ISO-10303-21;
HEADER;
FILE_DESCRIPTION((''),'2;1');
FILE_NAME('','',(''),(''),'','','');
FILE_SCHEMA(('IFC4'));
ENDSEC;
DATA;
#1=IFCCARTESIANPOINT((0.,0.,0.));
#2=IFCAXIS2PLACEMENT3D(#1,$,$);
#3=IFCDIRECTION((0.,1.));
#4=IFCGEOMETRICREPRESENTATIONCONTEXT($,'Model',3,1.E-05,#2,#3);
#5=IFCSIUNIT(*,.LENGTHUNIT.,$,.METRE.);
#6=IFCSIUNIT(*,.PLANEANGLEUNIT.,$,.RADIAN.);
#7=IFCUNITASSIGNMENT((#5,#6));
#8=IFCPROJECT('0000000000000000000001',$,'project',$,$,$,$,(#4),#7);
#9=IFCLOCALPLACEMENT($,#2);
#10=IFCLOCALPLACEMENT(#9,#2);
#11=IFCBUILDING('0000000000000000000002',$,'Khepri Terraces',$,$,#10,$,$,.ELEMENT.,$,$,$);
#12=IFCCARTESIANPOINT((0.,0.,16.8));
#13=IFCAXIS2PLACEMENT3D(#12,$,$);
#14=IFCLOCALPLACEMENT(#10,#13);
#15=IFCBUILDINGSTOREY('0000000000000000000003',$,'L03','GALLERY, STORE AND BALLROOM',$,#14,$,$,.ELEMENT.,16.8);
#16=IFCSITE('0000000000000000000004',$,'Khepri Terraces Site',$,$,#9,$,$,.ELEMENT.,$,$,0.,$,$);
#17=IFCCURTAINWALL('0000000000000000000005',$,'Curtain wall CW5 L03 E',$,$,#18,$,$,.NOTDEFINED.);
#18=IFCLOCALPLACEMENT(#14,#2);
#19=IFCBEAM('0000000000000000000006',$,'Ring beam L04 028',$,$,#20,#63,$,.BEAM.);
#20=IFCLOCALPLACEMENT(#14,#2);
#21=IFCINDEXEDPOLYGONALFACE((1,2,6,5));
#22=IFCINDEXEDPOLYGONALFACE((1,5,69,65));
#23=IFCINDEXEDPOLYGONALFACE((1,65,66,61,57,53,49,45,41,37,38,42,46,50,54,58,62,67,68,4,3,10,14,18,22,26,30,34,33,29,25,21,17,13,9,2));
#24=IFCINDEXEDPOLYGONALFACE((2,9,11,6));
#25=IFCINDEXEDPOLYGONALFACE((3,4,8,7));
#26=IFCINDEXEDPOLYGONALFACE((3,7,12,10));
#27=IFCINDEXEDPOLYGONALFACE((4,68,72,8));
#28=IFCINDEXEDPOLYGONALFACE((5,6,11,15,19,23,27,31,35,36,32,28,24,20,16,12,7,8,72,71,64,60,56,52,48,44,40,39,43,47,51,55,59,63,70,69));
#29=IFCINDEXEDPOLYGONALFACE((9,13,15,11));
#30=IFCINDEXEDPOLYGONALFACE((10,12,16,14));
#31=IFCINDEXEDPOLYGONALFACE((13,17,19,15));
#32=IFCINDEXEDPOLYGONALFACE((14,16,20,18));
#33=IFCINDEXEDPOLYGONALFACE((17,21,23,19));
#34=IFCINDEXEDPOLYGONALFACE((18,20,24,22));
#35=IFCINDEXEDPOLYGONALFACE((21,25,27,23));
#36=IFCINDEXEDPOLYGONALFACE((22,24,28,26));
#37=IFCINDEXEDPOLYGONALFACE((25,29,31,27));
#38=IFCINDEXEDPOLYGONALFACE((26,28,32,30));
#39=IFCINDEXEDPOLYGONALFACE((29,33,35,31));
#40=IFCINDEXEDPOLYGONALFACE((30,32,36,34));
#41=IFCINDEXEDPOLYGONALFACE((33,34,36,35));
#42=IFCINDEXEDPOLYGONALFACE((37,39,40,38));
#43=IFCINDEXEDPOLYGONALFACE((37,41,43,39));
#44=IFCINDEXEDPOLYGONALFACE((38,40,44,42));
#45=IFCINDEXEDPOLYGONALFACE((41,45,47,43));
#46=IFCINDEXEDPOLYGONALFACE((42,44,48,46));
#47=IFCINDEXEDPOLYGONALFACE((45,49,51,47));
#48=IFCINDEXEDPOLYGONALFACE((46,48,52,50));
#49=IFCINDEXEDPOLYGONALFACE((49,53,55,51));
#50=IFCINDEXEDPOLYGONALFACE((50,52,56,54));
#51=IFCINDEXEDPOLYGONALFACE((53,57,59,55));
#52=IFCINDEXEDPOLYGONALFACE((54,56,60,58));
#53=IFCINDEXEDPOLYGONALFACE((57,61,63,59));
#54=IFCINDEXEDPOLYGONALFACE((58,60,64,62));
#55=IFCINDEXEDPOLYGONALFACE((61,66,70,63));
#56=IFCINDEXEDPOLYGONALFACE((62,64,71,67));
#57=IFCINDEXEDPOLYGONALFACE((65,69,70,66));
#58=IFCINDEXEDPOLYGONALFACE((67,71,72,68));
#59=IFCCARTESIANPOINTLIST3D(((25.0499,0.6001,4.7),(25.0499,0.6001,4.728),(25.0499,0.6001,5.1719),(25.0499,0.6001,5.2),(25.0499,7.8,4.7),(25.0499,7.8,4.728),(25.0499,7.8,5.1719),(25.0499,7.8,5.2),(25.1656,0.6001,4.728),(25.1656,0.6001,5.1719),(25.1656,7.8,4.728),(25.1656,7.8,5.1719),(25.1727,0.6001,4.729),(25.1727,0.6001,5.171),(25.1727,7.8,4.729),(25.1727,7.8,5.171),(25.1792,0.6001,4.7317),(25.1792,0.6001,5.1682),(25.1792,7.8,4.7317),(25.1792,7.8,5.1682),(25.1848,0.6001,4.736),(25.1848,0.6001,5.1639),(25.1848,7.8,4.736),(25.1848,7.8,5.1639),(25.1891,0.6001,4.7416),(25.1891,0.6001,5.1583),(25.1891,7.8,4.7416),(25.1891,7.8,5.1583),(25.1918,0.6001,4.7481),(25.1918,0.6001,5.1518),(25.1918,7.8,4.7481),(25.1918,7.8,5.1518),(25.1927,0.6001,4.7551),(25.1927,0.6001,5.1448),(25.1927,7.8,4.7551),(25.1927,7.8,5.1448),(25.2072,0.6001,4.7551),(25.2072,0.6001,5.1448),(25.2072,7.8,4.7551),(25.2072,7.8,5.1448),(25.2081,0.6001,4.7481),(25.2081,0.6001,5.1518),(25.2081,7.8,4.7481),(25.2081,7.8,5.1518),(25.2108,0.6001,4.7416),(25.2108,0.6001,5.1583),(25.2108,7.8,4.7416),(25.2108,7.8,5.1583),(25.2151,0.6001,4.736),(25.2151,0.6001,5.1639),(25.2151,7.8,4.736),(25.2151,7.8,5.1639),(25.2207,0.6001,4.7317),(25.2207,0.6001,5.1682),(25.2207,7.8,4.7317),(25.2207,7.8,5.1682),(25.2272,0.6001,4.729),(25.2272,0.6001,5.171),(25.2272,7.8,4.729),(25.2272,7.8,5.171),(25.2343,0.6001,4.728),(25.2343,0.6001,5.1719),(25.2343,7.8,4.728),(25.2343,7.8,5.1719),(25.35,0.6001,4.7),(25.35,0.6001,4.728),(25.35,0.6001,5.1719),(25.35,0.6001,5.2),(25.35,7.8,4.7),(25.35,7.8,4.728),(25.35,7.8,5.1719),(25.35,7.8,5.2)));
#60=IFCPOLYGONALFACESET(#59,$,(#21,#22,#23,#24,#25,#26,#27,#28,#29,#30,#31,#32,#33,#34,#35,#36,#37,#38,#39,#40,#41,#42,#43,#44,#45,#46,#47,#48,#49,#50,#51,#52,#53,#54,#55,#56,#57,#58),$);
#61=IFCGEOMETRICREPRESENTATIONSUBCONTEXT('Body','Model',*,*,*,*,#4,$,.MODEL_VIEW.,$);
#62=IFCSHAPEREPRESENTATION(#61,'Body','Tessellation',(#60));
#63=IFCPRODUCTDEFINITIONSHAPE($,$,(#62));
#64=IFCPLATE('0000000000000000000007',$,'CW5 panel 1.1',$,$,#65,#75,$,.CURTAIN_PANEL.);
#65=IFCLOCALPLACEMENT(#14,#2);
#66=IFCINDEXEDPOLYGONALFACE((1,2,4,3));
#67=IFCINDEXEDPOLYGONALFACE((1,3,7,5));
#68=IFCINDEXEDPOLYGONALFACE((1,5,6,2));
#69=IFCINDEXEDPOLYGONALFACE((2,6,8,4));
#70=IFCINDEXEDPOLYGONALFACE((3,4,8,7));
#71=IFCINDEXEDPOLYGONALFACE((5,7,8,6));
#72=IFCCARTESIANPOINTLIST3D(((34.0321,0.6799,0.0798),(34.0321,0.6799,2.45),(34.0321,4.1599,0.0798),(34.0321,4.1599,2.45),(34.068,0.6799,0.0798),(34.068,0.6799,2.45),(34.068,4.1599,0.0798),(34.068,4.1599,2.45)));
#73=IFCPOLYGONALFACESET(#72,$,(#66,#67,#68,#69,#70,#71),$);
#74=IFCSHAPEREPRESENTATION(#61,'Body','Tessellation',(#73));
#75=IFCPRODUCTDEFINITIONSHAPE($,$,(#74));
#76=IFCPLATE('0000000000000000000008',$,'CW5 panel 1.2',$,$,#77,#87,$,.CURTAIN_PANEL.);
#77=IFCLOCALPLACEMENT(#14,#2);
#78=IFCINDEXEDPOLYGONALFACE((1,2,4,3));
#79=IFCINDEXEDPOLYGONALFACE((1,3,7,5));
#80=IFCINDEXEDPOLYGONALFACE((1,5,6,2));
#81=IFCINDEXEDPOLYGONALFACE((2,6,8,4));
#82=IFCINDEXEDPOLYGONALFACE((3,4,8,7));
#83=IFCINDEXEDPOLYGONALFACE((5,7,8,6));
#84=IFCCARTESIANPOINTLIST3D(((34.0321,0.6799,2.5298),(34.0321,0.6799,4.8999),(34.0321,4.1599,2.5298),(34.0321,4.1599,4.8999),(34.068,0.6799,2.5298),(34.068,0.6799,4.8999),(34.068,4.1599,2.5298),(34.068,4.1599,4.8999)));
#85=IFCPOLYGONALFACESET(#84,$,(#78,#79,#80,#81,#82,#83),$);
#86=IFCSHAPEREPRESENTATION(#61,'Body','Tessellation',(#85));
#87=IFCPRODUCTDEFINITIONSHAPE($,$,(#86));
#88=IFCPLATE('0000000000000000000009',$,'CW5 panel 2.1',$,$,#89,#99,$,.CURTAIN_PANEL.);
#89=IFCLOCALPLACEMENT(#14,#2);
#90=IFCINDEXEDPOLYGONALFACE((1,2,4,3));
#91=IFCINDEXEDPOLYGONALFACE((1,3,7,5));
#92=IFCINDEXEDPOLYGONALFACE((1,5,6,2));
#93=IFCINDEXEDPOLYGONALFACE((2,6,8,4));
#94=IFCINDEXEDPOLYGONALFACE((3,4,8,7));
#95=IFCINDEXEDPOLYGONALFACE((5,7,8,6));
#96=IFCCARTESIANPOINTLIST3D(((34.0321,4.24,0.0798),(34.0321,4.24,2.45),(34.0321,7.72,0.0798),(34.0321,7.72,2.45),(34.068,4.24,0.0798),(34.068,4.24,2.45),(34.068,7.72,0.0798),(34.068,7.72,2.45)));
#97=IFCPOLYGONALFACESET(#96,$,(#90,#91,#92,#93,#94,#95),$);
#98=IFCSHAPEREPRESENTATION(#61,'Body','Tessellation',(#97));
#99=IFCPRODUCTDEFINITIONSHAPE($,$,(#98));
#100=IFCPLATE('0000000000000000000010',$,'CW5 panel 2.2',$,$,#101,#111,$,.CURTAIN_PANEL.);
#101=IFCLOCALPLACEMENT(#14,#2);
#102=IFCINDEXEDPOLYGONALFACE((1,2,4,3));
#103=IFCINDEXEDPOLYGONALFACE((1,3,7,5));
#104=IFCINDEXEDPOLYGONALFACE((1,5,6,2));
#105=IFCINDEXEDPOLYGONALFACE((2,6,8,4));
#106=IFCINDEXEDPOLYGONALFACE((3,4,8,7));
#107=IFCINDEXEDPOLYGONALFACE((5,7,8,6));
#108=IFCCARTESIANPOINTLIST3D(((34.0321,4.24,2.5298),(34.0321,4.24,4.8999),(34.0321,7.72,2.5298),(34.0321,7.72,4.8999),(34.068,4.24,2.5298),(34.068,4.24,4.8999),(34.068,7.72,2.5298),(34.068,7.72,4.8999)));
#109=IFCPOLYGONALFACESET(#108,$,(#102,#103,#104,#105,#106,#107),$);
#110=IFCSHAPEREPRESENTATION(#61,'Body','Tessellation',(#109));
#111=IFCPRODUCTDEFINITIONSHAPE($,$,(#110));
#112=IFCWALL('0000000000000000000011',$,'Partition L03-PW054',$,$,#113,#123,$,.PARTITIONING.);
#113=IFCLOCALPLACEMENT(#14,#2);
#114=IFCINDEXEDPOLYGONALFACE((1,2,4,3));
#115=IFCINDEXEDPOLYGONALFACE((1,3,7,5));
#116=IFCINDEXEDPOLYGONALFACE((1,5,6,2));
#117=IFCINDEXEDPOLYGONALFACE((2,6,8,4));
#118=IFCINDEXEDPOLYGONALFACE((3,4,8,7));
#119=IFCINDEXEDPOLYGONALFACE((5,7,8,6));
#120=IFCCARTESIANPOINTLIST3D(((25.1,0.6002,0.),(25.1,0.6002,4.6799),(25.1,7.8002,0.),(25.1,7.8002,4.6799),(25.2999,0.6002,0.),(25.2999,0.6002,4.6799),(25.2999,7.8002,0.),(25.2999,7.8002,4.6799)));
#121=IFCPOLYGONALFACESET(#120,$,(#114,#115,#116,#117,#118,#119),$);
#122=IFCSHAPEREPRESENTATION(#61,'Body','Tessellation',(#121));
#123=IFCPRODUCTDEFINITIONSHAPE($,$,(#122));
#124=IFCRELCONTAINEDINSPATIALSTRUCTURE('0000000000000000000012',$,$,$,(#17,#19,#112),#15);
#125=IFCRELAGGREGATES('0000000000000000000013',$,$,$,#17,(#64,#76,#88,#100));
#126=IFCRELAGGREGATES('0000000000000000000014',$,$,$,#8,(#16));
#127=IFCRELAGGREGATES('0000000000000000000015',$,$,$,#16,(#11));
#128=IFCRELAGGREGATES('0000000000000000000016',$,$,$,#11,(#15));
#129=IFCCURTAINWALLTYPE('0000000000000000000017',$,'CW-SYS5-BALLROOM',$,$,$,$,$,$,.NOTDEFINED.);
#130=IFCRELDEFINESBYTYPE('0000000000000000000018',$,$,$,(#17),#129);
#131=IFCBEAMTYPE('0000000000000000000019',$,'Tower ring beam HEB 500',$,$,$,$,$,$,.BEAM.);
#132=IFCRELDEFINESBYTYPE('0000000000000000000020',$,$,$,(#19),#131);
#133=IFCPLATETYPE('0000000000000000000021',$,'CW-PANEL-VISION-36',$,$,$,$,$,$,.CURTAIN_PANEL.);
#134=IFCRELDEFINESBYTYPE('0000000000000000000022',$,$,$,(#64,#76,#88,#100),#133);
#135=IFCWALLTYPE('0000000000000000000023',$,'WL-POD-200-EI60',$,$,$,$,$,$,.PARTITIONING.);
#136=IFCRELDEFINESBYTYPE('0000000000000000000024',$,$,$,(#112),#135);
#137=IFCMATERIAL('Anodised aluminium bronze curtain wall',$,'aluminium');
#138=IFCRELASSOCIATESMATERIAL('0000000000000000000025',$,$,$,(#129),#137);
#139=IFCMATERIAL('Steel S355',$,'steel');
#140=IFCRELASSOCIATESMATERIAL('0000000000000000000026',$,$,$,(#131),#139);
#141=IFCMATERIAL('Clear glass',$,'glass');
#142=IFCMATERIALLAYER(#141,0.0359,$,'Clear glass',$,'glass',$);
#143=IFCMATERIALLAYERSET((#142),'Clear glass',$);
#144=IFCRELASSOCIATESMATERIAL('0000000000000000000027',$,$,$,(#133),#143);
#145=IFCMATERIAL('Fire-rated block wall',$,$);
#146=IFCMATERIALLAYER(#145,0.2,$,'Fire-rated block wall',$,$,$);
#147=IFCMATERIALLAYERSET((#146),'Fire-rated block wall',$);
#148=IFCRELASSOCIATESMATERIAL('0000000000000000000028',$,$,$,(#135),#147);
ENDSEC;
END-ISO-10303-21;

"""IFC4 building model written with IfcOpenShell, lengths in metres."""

from ifc_helpers import new_model, si_unit, direction, frame, frame_2d, origin, origin_2d, place, context, subcontext, project, spatial, rectangle, i_section, extrude, material, layer, layer_set, material_profile, profile_set, type_object, element, aggregate, save


model = new_model("IFC4")

# Units and contexts
model_context = context("Model", 3, precision=1e-05, world=origin(), true_north=direction((0.0, 1.0)))
body_context = subcontext(model_context, "Body", "Model", "MODEL_VIEW")
ifc_project = project(units=[si_unit("LENGTHUNIT", "METRE"), si_unit("PLANEANGLEUNIT", "RADIAN")], contexts=[model_context])

# Site, building, storey
site_placement = place(None, origin())
site = spatial("IfcSite", under=ifc_project, at=site_placement, Name="Khepri Terraces Site", CompositionType="ELEMENT", RefElevation=0.0)
building_placement = place(site_placement, origin())
building = spatial("IfcBuilding", under=site, at=building_placement, Name="Khepri Terraces", CompositionType="ELEMENT")
storey_placement = place(building_placement, frame((0.0, 0.0, 16.8)))
storey = spatial("IfcBuildingStorey", under=building, at=storey_placement, Name="L03", Description="GALLERY, STORE AND BALLROOM", CompositionType="ELEMENT", Elevation=16.8)

# Curtain wall
ifc_material_1 = material(Name="Anodised aluminium bronze curtain wall", Category="aluminium")
curtain_wall_type = type_object("IfcCurtainWallType", Name="CW-SYS5-BALLROOM", PredefinedType="NOTDEFINED", material=ifc_material_1)
curtain_wall_placement = place(storey_placement, origin())
curtain_wall = element("IfcCurtainWall", 1, at=curtain_wall_placement, inside=storey, type_object=curtain_wall_type, Name="Curtain wall CW5 L03 E", PredefinedType="NOTDEFINED")

# Beam
ifc_material_2 = material(Name="Steel S355", Category="steel")
ifc_material_profile_1 = material_profile(ifc_material_2, i_section(OverallWidth=0.3, OverallDepth=0.5, WebThickness=0.0144, FlangeThickness=0.0281, FilletRadius=0.0271, at=origin_2d()), Name="Steel S355", Category="steel")
ifc_profile_set_1 = profile_set([ifc_material_profile_1], Name="Steel S355")
beam_type_1 = type_object("IfcBeamType", Name="Tower ring beam HEB 500", PredefinedType="BEAM", material=ifc_profile_set_1)
beam_1_placement = place(storey_placement, frame((25.2, 0.6001, 4.95), z_axis=(0.0, 1.0, 0.0), x_axis=(-1.0, 0.0, 0.0)))
element("IfcBeam", 2, at=beam_1_placement, inside=storey, type_object=beam_type_1, Name="Ring beam L04 028", PredefinedType="BEAM", context=body_context, shape_type="SweptSolid", body=[
    extrude(i_section(OverallWidth=0.3, OverallDepth=0.5, WebThickness=0.0144, FlangeThickness=0.0281, FilletRadius=0.0271, at=origin_2d()), origin(), (0.0, 0.0, 1.0), 7.2),
])

# Plates
ifc_material_3 = material(Name="Clear glass", Category="glass")
ifc_layer_1 = layer(ifc_material_3, 0.0359, Name="Clear glass", Category="glass")
ifc_layer_set_1 = layer_set([ifc_layer_1], Name="Clear glass")
plate_type = type_object("IfcPlateType", Name="CW-PANEL-VISION-36", PredefinedType="CURTAIN_PANEL", material=ifc_layer_set_1)
plate_1_placement = place(storey_placement, frame((34.05, 2.4199, 0.0798), z_axis=(0.0, 0.0, 1.0), x_axis=(0.0, 1.0, 0.0)))
plate_1 = element("IfcPlate", 3, at=plate_1_placement, type_object=plate_type, Name="CW5 panel 1.1", PredefinedType="CURTAIN_PANEL", context=body_context, shape_type="SweptSolid", body=[
    extrude(rectangle(XDim=3.48, YDim=0.0359, at=origin_2d()), origin(), (0.0, 0.0, 1.0), 2.3701),
])
plate_2_placement = place(storey_placement, frame((34.05, 2.4199, 2.5298), z_axis=(0.0, 0.0, 1.0), x_axis=(0.0, 1.0, 0.0)))
plate_2 = element("IfcPlate", 4, at=plate_2_placement, type_object=plate_type, Name="CW5 panel 1.2", PredefinedType="CURTAIN_PANEL", context=body_context, shape_type="SweptSolid", body=[
    extrude(rectangle(XDim=3.48, YDim=0.0359, at=origin_2d()), origin(), (0.0, 0.0, 1.0), 2.3701),
])
plate_3_placement = place(storey_placement, frame((34.05, 5.98, 0.0798), z_axis=(0.0, 0.0, 1.0), x_axis=(0.0, 1.0, 0.0)))
plate_3 = element("IfcPlate", 5, at=plate_3_placement, type_object=plate_type, Name="CW5 panel 2.1", PredefinedType="CURTAIN_PANEL", context=body_context, shape_type="SweptSolid", body=[
    extrude(rectangle(XDim=3.48, YDim=0.0359, at=origin_2d()), origin(), (0.0, 0.0, 1.0), 2.3701),
])
plate_4_placement = place(storey_placement, frame((34.05, 5.98, 2.5298), z_axis=(0.0, 0.0, 1.0), x_axis=(0.0, 1.0, 0.0)))
plate_4 = element("IfcPlate", 6, at=plate_4_placement, type_object=plate_type, Name="CW5 panel 2.2", PredefinedType="CURTAIN_PANEL", context=body_context, shape_type="SweptSolid", body=[
    extrude(rectangle(XDim=3.48, YDim=0.0359, at=origin_2d()), origin(), (0.0, 0.0, 1.0), 2.3701),
])
aggregate(curtain_wall, [plate_1, plate_2, plate_3, plate_4])

# Wall
ifc_material_4 = material(Name="Fire-rated block wall")
ifc_layer_2 = layer(ifc_material_4, 0.2, Name="Fire-rated block wall")
ifc_layer_set_2 = layer_set([ifc_layer_2], Name="Fire-rated block wall")
wall_type = type_object("IfcWallType", Name="WL-POD-200-EI60", PredefinedType="PARTITIONING", material=ifc_layer_set_2)
wall_placement = place(storey_placement, frame((25.2, 0.6001, 0.0), z_axis=(0.0, 0.0, 1.0), x_axis=(0.0, 1.0, 0.0)))
element("IfcWall", 7, at=wall_placement, inside=storey, type_object=wall_type, Name="Partition L03-PW054", PredefinedType="PARTITIONING", context=body_context, shape_type="SweptSolid", body=[
    extrude(rectangle(XDim=7.2, YDim=0.2, at=frame_2d((3.6001, 0.0))), origin(), (0.0, 0.0, 1.0), 4.6799),
])

save(model, "model.ifc")
